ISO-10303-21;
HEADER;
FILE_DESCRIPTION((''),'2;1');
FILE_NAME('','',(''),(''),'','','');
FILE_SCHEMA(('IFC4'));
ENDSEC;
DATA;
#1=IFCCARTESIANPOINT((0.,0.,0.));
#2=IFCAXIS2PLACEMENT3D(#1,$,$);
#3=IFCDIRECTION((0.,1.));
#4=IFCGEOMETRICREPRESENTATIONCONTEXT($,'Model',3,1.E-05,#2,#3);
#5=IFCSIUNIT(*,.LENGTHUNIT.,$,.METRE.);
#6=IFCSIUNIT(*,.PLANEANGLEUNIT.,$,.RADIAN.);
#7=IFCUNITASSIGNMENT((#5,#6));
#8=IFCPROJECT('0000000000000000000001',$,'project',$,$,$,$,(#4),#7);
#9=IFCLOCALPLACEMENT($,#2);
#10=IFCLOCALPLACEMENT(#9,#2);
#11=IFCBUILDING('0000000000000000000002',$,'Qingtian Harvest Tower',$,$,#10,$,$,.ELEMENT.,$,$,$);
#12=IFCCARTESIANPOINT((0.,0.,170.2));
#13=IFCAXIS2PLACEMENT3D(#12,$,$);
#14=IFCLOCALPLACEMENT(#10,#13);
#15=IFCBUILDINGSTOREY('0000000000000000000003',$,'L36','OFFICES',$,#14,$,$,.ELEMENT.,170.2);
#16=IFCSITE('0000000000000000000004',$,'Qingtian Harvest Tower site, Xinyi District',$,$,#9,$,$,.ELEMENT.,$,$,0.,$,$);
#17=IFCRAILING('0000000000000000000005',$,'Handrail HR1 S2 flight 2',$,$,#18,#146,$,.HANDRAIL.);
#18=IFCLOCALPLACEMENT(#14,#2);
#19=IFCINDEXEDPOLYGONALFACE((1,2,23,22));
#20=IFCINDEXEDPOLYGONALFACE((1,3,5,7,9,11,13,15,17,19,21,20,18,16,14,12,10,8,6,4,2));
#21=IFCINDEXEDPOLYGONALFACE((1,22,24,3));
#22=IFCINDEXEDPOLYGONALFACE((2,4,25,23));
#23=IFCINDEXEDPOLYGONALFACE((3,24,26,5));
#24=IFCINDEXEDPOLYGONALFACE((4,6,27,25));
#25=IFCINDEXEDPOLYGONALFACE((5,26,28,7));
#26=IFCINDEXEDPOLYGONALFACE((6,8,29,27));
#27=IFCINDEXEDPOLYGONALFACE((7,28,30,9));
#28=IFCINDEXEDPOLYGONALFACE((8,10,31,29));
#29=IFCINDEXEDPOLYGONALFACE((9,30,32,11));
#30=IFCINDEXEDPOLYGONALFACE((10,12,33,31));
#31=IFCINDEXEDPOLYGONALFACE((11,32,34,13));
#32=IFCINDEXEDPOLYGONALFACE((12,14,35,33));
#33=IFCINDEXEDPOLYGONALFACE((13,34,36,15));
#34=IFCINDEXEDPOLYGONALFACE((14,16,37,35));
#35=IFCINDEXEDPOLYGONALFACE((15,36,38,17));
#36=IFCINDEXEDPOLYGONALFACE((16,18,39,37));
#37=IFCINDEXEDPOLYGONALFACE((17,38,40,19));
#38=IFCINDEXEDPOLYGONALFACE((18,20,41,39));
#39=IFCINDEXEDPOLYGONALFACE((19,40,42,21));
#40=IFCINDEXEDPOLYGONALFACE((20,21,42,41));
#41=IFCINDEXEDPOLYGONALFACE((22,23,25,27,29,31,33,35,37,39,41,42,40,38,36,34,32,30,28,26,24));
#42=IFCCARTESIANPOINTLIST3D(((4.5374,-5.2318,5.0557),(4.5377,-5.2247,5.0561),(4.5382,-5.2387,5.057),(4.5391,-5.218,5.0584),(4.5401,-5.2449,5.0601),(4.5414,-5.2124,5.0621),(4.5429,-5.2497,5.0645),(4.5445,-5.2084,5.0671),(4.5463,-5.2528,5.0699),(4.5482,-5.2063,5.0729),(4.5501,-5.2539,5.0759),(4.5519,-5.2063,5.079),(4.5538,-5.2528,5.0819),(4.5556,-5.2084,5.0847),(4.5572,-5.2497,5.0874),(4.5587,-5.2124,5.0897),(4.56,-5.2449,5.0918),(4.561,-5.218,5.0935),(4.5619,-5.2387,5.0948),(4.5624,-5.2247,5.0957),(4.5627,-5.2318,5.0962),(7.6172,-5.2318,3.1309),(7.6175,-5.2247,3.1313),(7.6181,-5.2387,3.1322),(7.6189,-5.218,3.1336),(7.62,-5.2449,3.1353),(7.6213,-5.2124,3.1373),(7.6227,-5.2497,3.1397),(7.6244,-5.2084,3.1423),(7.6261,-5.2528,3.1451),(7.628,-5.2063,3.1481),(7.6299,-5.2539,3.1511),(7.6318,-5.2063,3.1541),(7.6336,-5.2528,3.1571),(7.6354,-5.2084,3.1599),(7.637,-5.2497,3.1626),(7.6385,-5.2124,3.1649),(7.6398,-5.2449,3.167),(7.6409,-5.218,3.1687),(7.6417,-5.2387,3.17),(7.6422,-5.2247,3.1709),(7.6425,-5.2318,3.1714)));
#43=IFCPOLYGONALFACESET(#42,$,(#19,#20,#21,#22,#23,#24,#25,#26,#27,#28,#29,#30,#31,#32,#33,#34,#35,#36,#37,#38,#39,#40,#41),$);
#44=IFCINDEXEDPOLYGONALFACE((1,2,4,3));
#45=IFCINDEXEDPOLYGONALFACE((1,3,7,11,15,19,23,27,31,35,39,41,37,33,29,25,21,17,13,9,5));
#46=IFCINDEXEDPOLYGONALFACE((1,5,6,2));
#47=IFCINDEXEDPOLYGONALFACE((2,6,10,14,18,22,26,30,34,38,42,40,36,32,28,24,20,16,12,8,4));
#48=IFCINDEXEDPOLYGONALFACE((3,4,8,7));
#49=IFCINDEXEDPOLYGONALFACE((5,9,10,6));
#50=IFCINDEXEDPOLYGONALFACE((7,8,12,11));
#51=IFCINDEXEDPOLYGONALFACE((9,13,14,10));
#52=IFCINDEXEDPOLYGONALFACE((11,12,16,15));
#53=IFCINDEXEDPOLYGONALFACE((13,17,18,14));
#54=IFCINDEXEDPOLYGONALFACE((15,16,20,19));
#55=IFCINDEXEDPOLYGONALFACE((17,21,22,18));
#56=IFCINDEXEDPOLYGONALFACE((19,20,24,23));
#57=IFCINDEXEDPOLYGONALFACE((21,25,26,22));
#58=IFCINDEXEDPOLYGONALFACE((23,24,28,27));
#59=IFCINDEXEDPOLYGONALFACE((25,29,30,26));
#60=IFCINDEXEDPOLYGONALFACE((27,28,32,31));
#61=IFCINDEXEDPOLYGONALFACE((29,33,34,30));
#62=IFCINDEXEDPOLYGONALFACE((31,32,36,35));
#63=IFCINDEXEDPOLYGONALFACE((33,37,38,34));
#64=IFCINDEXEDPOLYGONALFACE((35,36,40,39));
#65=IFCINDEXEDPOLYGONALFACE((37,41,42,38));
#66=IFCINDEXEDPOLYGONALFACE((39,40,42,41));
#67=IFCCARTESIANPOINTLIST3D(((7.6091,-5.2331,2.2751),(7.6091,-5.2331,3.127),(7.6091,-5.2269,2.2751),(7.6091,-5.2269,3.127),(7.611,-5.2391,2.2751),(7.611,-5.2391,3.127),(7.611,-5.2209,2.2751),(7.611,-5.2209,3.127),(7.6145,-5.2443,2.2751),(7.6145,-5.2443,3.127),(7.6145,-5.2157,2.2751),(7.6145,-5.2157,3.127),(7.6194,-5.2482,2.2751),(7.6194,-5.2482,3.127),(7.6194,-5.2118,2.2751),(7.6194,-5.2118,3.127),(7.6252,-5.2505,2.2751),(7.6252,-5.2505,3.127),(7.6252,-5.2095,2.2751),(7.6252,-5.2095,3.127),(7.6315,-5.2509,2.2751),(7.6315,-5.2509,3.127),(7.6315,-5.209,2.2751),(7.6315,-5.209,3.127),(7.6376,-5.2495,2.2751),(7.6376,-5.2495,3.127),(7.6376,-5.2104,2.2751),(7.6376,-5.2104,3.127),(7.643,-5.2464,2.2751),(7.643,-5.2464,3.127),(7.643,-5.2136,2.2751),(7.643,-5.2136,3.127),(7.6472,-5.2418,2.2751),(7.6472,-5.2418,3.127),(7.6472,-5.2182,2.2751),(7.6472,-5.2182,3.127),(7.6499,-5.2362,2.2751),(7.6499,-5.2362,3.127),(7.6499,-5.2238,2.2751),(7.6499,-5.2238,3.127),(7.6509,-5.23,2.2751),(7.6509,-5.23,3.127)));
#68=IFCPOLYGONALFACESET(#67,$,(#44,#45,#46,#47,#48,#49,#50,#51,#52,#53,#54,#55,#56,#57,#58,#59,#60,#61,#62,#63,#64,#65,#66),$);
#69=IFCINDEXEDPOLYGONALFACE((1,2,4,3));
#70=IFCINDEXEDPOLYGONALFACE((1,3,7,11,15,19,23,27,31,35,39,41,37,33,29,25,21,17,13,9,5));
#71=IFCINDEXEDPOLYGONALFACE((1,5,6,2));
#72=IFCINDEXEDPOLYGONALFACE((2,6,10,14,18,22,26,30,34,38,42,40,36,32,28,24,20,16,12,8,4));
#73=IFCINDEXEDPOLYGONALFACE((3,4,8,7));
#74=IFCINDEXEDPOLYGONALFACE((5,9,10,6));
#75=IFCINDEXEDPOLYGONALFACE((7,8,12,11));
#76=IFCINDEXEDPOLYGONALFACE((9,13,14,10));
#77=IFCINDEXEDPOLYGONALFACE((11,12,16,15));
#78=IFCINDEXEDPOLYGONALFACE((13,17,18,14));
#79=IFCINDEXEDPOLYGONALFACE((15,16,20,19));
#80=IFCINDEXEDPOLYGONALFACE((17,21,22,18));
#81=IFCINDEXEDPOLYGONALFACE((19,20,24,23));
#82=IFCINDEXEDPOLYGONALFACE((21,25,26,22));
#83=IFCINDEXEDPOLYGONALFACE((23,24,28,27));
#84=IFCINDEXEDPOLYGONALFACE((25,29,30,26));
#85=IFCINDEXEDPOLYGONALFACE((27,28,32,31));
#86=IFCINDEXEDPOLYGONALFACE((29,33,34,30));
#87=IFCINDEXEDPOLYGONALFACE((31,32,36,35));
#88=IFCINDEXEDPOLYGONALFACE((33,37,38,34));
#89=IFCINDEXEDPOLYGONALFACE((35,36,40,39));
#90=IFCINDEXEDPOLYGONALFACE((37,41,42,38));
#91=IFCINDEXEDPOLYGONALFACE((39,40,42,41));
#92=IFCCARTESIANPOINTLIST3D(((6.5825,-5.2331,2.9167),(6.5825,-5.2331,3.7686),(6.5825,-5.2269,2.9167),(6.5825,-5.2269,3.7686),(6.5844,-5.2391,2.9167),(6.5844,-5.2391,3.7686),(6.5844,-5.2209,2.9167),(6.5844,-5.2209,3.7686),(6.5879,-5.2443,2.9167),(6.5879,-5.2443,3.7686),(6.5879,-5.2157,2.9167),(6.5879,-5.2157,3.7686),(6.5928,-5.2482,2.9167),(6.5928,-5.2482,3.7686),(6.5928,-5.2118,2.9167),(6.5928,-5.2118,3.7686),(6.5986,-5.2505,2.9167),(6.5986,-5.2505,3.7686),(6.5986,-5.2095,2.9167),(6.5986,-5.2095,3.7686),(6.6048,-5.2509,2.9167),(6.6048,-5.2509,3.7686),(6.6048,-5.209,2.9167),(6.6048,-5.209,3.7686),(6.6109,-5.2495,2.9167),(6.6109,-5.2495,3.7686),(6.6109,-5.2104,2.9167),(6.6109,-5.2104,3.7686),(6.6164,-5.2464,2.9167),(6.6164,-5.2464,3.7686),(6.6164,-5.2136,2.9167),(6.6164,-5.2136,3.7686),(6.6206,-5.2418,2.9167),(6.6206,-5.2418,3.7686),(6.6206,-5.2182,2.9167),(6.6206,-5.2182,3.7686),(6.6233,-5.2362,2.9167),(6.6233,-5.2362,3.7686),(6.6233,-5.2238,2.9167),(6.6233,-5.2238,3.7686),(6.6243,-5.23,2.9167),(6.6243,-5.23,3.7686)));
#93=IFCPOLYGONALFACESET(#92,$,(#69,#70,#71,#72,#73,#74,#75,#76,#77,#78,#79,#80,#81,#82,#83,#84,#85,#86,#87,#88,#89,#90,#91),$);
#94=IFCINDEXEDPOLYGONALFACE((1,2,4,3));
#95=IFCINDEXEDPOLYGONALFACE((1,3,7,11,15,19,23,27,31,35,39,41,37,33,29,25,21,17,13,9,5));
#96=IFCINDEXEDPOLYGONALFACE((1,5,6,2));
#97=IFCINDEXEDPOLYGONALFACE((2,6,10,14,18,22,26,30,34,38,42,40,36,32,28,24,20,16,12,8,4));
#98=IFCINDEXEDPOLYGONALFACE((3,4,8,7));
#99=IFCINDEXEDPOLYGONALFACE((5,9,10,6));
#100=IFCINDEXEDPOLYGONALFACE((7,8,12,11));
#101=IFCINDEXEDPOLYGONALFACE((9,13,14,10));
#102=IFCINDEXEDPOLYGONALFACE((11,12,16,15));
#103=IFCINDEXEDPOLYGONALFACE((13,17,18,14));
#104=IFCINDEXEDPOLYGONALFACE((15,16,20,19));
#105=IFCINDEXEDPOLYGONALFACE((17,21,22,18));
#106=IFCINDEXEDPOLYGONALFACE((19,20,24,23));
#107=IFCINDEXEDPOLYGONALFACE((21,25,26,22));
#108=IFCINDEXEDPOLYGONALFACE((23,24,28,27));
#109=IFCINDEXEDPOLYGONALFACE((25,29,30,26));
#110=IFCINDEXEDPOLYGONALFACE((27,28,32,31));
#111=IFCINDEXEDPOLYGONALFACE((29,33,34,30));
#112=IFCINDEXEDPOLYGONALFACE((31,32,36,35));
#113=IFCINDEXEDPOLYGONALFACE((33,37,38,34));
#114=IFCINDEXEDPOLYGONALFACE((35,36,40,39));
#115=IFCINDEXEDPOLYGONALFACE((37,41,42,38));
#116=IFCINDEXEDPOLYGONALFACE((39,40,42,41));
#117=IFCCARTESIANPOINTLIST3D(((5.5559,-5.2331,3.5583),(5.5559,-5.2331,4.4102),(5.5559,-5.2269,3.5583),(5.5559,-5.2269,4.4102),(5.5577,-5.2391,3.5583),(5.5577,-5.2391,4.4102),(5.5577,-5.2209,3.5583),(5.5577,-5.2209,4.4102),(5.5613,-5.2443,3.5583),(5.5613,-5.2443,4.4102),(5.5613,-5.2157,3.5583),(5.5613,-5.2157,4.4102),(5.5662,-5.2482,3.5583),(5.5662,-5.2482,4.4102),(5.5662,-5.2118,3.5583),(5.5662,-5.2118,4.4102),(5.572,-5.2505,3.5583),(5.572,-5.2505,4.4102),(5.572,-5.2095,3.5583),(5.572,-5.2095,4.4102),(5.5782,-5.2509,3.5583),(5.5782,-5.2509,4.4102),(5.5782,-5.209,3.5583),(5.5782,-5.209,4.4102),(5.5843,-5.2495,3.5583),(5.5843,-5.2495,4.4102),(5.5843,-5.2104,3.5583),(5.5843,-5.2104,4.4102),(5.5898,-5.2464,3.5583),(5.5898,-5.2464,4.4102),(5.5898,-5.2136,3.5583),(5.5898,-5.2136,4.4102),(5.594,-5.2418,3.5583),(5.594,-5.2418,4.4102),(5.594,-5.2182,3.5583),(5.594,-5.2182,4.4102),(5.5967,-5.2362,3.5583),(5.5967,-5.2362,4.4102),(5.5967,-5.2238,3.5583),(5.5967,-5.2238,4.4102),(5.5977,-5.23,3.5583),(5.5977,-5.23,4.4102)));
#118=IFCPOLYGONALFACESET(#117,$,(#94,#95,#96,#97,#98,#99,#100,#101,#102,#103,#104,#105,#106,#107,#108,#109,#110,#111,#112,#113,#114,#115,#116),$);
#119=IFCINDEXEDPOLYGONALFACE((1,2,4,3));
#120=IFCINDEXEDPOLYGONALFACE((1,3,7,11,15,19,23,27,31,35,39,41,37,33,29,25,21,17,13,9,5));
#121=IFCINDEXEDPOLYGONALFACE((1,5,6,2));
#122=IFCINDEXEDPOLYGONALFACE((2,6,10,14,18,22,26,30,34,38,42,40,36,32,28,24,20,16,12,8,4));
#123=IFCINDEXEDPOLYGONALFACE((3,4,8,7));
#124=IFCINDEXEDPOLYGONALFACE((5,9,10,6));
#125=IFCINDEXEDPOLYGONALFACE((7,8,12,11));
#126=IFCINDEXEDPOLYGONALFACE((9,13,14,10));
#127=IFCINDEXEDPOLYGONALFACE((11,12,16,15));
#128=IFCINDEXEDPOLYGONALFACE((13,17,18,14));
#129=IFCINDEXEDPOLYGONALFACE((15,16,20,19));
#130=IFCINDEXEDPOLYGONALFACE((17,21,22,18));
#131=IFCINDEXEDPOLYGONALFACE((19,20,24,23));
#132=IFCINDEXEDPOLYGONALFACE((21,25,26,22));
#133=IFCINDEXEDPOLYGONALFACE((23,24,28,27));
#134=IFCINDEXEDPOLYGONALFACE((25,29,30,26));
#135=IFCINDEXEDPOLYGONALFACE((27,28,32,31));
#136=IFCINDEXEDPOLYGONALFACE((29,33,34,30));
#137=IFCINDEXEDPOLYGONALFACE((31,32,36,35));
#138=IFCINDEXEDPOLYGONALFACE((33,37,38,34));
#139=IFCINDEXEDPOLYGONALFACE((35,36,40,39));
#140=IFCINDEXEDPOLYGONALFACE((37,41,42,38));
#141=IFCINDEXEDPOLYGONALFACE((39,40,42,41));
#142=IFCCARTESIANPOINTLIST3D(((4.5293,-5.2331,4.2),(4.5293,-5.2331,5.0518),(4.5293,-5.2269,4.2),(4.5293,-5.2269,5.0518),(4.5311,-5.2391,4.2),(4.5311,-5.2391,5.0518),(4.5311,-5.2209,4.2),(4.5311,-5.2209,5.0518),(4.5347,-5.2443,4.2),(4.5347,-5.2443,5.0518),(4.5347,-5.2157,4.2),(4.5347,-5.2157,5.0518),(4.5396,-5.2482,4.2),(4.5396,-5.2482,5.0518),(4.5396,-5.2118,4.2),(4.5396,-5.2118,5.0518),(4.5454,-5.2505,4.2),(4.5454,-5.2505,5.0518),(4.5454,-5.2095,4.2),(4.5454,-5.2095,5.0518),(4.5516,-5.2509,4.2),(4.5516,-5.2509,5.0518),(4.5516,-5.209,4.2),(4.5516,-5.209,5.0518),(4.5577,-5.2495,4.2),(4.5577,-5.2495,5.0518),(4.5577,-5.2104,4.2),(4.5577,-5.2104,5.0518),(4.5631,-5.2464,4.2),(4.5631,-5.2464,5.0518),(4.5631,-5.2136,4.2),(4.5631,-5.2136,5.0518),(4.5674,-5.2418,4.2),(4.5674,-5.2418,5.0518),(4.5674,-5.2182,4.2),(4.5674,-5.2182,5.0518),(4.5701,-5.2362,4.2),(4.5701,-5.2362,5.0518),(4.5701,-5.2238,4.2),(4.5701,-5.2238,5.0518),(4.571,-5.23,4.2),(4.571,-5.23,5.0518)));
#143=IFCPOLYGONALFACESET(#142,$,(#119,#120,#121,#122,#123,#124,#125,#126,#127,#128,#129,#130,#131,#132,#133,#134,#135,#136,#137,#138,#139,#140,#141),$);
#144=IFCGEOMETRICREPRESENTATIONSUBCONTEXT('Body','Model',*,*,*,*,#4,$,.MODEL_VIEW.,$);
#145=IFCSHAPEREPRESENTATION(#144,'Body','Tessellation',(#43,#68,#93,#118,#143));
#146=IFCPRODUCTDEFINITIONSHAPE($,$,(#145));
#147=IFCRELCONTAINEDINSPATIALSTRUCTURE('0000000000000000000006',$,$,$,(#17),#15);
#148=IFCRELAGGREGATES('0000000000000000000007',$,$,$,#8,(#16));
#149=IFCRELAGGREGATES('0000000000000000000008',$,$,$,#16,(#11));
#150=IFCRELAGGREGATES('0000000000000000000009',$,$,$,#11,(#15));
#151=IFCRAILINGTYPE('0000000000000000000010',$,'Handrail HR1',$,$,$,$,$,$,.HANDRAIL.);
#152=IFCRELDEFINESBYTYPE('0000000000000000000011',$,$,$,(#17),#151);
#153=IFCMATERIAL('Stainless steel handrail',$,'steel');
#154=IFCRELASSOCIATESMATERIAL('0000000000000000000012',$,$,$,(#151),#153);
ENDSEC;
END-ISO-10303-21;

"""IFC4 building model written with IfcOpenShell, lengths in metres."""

from ifc_helpers import new_model, si_unit, direction, frame, origin, origin_2d, place, context, subcontext, project, spatial, circle, extrude, material, type_object, element, save


model = new_model("IFC4")

# Units and contexts
model_context = context("Model", 3, precision=1e-05, world=origin(), true_north=direction((0.0, 1.0)))
body_context = subcontext(model_context, "Body", "Model", "MODEL_VIEW")
ifc_project = project(units=[si_unit("LENGTHUNIT", "METRE"), si_unit("PLANEANGLEUNIT", "RADIAN")], contexts=[model_context])

# Site, building, storey
site_placement = place(None, origin())
site = spatial("IfcSite", under=ifc_project, at=site_placement, Name="Qingtian Harvest Tower site, Xinyi District", CompositionType="ELEMENT", RefElevation=0.0)
building_placement = place(site_placement, origin())
building = spatial("IfcBuilding", under=site, at=building_placement, Name="Qingtian Harvest Tower", CompositionType="ELEMENT")
storey_placement = place(building_placement, frame((0.0, 0.0, 170.2)))
storey = spatial("IfcBuildingStorey", under=building, at=storey_placement, Name="L36", Description="OFFICES", CompositionType="ELEMENT", Elevation=170.2)

# Railing
ifc_material_1 = material(Name="Stainless steel handrail", Category="steel")
railing_type = type_object("IfcRailingType", Name="Handrail HR1", PredefinedType="HANDRAIL", material=ifc_material_1)
railing_1_placement = place(storey_placement, frame((7.6299, -5.23, 2.2751)))
element("IfcRailing", 1, at=railing_1_placement, inside=storey, type_object=railing_type, Name="Handrail HR1 S2 flight 2", PredefinedType="HANDRAIL", context=body_context, shape_type="SweptSolid", body=[
    extrude(circle(Radius=0.0239, at=origin_2d()), frame((0.0, 0.0, 0.876), z_axis=(-0.84801, 0.0, 0.529981), x_axis=(0.0, -1.0, 0.0)), (0.0, 0.0, 1.0), 3.6318),
    extrude(circle(Radius=0.021, at=origin_2d()), origin(), (0.0, 0.0, 1.0), 0.8518),
    extrude(circle(Radius=0.021, at=origin_2d()), frame((-1.0266, 0.0, 0.6416)), (0.0, 0.0, 1.0), 0.8518),
    extrude(circle(Radius=0.021, at=origin_2d()), frame((-2.0532, 0.0, 1.2832)), (0.0, 0.0, 1.0), 0.8518),
    extrude(circle(Radius=0.021, at=origin_2d()), frame((-3.0798, 0.0, 1.9248)), (0.0, 0.0, 1.0), 0.8518),
])

save(model, "model.ifc")
